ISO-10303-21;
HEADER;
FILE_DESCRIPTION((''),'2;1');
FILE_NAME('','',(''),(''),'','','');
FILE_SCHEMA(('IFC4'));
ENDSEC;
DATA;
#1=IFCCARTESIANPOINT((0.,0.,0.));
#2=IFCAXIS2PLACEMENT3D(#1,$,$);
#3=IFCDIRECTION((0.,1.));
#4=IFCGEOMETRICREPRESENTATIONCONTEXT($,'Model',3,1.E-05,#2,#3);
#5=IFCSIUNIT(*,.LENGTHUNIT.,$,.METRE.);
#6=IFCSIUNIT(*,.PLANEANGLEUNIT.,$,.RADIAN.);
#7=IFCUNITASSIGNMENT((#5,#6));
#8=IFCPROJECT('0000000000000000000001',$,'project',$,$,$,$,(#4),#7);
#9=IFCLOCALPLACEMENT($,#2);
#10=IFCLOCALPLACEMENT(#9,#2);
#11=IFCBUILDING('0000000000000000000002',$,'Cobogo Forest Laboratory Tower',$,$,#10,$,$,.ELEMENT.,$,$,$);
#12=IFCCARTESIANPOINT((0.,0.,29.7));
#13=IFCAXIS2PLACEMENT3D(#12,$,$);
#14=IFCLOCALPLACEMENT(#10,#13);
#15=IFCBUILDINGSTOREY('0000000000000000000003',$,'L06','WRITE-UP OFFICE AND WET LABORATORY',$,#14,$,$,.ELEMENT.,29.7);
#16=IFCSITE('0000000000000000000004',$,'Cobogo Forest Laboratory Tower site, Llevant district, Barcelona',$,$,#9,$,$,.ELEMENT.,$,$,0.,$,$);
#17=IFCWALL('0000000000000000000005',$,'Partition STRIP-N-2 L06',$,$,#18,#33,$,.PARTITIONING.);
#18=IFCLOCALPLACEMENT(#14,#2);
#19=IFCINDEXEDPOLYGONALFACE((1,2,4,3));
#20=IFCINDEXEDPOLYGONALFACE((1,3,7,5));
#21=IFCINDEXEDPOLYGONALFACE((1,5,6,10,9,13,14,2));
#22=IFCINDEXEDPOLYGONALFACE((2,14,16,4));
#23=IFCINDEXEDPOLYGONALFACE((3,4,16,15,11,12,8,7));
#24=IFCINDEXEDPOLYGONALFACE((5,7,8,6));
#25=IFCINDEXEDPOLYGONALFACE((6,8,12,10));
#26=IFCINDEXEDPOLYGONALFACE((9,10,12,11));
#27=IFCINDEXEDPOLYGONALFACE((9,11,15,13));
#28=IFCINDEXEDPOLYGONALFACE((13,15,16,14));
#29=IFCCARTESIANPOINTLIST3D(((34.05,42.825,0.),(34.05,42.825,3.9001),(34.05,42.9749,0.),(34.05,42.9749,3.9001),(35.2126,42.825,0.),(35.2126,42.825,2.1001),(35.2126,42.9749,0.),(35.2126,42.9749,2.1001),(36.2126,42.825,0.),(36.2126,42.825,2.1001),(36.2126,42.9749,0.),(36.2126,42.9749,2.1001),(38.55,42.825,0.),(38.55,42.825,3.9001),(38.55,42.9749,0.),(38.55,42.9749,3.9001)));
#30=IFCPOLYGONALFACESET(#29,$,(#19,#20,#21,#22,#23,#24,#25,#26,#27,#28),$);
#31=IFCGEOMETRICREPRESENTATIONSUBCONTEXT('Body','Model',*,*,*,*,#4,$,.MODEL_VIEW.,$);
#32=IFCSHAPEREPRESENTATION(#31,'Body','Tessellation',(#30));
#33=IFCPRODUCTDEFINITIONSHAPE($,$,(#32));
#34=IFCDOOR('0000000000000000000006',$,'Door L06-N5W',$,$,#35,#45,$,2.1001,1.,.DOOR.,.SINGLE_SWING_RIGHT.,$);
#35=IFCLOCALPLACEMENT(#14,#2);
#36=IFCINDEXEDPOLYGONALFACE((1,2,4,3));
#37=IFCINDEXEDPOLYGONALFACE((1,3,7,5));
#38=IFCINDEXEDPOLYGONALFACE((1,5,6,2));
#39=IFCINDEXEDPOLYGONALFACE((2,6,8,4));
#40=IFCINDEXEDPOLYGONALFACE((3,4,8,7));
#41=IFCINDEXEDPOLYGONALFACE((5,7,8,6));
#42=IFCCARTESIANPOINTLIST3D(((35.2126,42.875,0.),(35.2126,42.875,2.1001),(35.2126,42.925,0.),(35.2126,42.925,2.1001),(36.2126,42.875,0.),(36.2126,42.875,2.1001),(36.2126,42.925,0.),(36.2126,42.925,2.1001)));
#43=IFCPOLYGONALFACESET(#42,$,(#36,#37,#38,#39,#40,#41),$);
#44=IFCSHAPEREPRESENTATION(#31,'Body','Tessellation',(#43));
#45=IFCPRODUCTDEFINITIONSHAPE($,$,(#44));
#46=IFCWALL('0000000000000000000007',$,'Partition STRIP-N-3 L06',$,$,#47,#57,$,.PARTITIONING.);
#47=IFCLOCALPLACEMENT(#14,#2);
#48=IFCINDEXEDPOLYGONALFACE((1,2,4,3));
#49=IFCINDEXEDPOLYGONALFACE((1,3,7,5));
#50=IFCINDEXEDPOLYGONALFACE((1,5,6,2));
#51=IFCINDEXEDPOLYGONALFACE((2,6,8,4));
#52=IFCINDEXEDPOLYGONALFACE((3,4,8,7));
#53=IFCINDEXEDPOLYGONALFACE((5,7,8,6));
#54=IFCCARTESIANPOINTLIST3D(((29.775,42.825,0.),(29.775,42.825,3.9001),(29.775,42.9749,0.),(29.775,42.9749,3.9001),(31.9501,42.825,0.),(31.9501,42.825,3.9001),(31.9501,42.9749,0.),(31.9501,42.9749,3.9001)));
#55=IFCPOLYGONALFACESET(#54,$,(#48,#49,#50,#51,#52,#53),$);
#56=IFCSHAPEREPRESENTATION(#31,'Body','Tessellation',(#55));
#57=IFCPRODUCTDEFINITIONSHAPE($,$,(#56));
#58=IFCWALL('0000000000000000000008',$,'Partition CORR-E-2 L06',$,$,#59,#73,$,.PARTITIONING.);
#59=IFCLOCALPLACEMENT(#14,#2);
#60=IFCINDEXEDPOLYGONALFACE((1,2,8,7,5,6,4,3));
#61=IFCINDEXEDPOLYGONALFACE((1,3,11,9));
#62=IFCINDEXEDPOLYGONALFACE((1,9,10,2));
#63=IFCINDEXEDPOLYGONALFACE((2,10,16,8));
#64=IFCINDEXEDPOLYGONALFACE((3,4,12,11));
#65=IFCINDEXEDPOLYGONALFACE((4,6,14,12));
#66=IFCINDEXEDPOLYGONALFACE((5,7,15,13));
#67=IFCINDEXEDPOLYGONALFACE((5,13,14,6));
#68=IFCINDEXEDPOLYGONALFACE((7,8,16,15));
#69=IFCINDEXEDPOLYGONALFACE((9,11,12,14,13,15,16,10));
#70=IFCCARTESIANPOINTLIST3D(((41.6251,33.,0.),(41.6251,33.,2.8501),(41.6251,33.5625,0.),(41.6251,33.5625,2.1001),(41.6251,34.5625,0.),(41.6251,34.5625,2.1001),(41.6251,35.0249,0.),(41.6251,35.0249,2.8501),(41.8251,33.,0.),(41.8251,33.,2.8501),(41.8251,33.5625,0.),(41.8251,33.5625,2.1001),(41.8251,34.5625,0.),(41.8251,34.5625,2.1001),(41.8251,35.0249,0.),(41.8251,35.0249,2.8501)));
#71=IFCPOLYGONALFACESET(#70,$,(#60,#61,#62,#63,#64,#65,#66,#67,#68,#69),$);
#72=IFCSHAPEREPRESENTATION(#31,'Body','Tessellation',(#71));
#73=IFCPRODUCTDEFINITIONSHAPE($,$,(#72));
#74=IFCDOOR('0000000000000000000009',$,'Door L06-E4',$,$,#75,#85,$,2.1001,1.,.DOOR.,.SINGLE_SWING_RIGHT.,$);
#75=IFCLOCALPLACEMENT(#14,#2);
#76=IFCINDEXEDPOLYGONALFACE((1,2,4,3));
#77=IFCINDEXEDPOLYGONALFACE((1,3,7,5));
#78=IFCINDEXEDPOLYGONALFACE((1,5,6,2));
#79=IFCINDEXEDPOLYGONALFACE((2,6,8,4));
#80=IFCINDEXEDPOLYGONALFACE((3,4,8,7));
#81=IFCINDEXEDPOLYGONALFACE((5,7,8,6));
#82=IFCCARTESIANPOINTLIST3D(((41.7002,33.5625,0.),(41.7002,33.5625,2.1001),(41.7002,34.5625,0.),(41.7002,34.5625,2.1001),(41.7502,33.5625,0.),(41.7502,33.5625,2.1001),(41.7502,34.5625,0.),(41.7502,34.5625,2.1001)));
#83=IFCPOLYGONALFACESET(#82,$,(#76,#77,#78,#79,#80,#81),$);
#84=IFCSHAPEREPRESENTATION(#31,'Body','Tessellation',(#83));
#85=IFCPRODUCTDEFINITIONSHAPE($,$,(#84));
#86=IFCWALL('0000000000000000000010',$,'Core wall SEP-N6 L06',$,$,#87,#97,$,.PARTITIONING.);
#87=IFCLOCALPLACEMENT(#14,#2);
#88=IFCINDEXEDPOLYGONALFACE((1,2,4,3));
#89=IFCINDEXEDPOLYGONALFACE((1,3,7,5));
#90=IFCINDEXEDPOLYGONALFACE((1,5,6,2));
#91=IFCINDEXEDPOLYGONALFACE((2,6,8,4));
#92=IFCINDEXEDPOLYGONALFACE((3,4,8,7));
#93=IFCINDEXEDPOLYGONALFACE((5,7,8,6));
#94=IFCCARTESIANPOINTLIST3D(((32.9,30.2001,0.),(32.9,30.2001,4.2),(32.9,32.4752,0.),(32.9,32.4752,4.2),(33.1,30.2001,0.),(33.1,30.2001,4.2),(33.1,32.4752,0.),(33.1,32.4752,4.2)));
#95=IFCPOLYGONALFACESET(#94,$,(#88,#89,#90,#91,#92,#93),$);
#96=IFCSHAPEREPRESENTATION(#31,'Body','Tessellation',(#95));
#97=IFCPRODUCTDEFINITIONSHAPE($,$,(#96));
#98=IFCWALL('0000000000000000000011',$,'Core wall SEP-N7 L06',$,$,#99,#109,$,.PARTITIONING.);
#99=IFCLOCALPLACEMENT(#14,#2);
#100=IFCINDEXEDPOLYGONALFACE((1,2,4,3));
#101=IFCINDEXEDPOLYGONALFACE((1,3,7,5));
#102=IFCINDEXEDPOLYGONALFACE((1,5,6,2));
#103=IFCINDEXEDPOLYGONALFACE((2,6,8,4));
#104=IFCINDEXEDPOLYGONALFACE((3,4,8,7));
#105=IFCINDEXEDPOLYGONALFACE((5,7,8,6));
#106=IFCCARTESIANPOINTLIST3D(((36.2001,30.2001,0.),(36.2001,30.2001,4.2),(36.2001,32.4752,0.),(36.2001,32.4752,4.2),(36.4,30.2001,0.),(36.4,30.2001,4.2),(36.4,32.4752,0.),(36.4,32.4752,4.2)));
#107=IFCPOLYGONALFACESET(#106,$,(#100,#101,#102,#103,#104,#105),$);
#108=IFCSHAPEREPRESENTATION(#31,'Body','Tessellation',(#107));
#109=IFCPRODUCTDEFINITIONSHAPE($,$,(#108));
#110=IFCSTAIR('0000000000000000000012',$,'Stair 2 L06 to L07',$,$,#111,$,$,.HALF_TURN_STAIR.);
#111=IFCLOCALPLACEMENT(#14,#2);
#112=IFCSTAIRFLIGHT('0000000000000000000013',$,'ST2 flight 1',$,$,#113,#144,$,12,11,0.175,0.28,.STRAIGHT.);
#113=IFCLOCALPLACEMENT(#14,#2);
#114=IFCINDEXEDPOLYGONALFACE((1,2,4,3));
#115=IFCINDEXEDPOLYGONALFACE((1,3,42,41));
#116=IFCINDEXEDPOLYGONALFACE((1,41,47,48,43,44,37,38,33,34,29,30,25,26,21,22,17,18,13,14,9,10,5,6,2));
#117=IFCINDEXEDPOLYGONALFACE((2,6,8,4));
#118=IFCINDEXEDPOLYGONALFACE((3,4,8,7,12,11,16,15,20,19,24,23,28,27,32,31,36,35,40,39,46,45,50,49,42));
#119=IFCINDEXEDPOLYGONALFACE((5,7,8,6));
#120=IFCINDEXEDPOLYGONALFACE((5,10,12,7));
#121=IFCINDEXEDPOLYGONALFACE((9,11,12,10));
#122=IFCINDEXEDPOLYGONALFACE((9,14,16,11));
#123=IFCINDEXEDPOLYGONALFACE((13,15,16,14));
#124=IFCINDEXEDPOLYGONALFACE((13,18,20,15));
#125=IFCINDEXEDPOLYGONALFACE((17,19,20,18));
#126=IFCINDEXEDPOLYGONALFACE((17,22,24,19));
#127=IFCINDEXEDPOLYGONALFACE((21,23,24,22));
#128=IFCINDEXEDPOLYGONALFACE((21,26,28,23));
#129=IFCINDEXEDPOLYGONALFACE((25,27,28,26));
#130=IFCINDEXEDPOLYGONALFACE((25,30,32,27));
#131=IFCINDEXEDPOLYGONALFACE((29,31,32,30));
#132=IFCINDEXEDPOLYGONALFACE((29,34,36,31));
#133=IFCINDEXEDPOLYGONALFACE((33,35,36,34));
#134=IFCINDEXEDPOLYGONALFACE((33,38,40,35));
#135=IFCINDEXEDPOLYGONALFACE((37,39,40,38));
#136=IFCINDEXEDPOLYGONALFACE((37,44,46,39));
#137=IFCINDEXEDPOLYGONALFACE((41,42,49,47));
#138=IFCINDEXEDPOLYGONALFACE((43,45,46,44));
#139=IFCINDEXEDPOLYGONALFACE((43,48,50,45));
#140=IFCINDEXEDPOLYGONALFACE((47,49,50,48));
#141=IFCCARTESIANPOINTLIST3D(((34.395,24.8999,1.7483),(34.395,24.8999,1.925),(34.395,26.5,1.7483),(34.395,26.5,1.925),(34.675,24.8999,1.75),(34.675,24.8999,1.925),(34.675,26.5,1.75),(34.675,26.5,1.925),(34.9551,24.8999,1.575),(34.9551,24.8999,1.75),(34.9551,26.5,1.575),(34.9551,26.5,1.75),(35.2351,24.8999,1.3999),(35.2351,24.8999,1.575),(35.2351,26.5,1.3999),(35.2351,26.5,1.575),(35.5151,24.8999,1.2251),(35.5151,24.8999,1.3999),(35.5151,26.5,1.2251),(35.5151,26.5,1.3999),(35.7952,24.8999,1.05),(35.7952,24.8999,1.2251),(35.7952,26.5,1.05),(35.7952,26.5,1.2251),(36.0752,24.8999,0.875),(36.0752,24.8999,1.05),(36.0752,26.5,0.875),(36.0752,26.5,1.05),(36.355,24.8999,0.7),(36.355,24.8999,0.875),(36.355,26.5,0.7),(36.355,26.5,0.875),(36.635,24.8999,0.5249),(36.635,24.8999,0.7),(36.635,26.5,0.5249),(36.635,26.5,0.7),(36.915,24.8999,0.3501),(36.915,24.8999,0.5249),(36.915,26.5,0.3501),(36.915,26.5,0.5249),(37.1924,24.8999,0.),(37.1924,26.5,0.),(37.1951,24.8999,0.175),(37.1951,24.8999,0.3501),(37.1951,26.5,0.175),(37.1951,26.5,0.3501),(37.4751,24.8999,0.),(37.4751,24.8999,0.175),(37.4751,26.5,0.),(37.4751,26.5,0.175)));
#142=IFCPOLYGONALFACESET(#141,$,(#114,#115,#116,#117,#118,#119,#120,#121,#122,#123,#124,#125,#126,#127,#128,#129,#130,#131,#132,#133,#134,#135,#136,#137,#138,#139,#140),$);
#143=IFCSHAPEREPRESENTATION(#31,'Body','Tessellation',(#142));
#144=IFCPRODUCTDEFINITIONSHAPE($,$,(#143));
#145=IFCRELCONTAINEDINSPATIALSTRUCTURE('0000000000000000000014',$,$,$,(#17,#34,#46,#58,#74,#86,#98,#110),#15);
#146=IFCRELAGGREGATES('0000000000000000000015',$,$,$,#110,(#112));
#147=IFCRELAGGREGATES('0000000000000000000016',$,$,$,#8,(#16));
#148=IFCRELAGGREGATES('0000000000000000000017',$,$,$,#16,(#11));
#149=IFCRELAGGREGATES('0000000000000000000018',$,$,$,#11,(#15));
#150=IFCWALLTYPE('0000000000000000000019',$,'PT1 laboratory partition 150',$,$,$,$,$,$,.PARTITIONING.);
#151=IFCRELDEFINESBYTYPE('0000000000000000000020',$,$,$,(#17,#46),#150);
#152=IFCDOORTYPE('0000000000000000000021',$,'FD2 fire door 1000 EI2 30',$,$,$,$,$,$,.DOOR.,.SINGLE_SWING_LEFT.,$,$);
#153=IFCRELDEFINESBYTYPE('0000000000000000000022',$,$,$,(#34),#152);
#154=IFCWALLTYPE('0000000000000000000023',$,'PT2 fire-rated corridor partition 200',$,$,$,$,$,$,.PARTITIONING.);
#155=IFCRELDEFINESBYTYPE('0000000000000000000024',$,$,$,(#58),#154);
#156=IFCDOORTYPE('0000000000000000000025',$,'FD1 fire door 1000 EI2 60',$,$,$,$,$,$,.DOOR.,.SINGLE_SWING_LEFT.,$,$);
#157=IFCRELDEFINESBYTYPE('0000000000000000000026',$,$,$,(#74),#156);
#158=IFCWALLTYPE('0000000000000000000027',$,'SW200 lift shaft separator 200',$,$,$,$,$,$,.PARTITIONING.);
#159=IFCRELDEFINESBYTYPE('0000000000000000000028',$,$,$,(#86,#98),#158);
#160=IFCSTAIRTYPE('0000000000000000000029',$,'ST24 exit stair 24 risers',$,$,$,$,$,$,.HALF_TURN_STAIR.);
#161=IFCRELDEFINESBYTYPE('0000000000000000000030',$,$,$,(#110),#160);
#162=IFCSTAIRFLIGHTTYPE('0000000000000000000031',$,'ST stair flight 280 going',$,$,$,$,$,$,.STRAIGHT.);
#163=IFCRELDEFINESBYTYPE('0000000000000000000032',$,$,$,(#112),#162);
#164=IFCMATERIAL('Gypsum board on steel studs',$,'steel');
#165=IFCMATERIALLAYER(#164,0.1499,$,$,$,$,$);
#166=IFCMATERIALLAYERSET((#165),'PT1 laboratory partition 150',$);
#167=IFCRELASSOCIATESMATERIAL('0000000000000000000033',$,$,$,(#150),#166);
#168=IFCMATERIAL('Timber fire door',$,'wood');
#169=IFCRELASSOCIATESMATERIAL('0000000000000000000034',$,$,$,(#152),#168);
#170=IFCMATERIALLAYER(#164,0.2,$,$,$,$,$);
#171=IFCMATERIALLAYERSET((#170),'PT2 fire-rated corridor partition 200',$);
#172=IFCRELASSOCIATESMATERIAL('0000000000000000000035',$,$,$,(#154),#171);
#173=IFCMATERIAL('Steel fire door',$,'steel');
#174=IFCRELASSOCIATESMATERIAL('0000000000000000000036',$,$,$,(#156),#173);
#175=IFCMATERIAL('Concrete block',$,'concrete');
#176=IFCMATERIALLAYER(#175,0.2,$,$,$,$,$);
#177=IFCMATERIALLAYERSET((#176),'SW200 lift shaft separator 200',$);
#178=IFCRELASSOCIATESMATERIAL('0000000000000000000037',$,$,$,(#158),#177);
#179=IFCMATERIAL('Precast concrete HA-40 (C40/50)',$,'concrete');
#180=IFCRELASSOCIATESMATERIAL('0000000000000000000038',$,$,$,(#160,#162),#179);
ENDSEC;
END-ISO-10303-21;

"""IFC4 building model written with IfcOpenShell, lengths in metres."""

from ifc_helpers import new_model, si_unit, direction, frame, frame_2d, origin, place, context, subcontext, project, spatial, polyline, rectangle, outline, extrude, material, layer, layer_set, type_object, element, fill, aggregate, save


model = new_model("IFC4")

# Units and contexts
model_context = context("Model", 3, precision=1e-05, world=origin(), true_north=direction((0.0, 1.0)))
body_context = subcontext(model_context, "Body", "Model", "MODEL_VIEW")
ifc_project = project(units=[si_unit("LENGTHUNIT", "METRE"), si_unit("PLANEANGLEUNIT", "RADIAN")], contexts=[model_context])

# Site, building, storey
site_placement = place(None, origin())
site = spatial("IfcSite", under=ifc_project, at=site_placement, Name="Cobogo Forest Laboratory Tower site, Llevant district, Barcelona", CompositionType="ELEMENT", RefElevation=0.0)
building_placement = place(site_placement, origin())
building = spatial("IfcBuilding", under=site, at=building_placement, Name="Cobogo Forest Laboratory Tower", CompositionType="ELEMENT")
storey_placement = place(building_placement, frame((0.0, 0.0, 29.7)))
storey = spatial("IfcBuildingStorey", under=building, at=storey_placement, Name="L06", Description="WRITE-UP OFFICE AND WET LABORATORY", CompositionType="ELEMENT", Elevation=29.7)

# Shared definitions
ifc_material_1 = material(Name="Gypsum board on steel studs", Category="steel")
ifc_layer_1 = layer(ifc_material_1, 0.1499)
ifc_layer_set_1 = layer_set([ifc_layer_1], Name="PT1 laboratory partition 150")
wall_type_1 = type_object("IfcWallType", Name="PT1 laboratory partition 150", PredefinedType="PARTITIONING", material=ifc_layer_set_1)

# Wall, opening, door
wall_1_placement = place(storey_placement, frame((38.55, 42.8999, 0.0), z_axis=(0.0, 0.0, 1.0), x_axis=(-1.0, 0.0, 0.0)))
wall_1 = element("IfcWall", 1, at=wall_1_placement, inside=storey, type_object=wall_type_1, Name="Partition STRIP-N-2 L06", PredefinedType="PARTITIONING", context=body_context, shape_type="SweptSolid", body=[
    extrude(rectangle(XDim=4.5, YDim=0.1499, at=frame_2d((2.25, 0.0))), origin(), (0.0, 0.0, 1.0), 3.9001),
])
opening_1_placement = place(wall_1_placement, frame((2.3374, 0.0, 0.0)))
opening_1 = element("IfcOpeningElement", 2, at=opening_1_placement, cuts=wall_1, PredefinedType="OPENING", context=body_context, shape_type="SweptSolid", body=[
    extrude(rectangle(XDim=1.0, YDim=2.1001, at=frame_2d((0.5, 1.05))), frame((0.0, 0.085, 0.0), z_axis=(0.0, -1.0, 0.0), x_axis=(1.0, 0.0, 0.0)), (0.0, 0.0, 1.0), 0.1699),
])
ifc_material_2 = material(Name="Timber fire door", Category="wood")
door_type_1 = type_object("IfcDoorType", Name="FD2 fire door 1000 EI2 30", OperationType="SINGLE_SWING_LEFT", PredefinedType="DOOR", material=ifc_material_2)
door_1_placement = place(opening_1_placement, origin())
door_1 = element("IfcDoor", 3, at=door_1_placement, inside=storey, type_object=door_type_1, Name="Door L06-N5W", OperationType="SINGLE_SWING_RIGHT", OverallHeight=2.1001, OverallWidth=1.0, PredefinedType="DOOR", context=body_context, shape_type="SweptSolid", body=[
    extrude(rectangle(XDim=1.0, YDim=2.1001, at=frame_2d((0.5, 1.05))), frame((0.0, 0.0249, 0.0), z_axis=(0.0, -1.0, 0.0), x_axis=(1.0, 0.0, 0.0)), (0.0, 0.0, 1.0), 0.05),
])
fill(opening_1, door_1)

# Wall
wall_2_placement = place(storey_placement, frame((31.95, 42.8999, 0.0), z_axis=(0.0, 0.0, 1.0), x_axis=(-1.0, 0.0, 0.0)))
element("IfcWall", 4, at=wall_2_placement, inside=storey, type_object=wall_type_1, Name="Partition STRIP-N-3 L06", PredefinedType="PARTITIONING", context=body_context, shape_type="SweptSolid", body=[
    extrude(rectangle(XDim=2.175, YDim=0.1499, at=frame_2d((1.0874, 0.0))), origin(), (0.0, 0.0, 1.0), 3.9001),
])

# Wall, opening, door
ifc_layer_2 = layer(ifc_material_1, 0.2)
ifc_layer_set_2 = layer_set([ifc_layer_2], Name="PT2 fire-rated corridor partition 200")
wall_type_2 = type_object("IfcWallType", Name="PT2 fire-rated corridor partition 200", PredefinedType="PARTITIONING", material=ifc_layer_set_2)
wall_3_placement = place(storey_placement, frame((41.7251, 33.0, 0.0), z_axis=(0.0, 0.0, 1.0), x_axis=(0.0, 1.0, 0.0)))
wall_3 = element("IfcWall", 5, at=wall_3_placement, inside=storey, type_object=wall_type_2, Name="Partition CORR-E-2 L06", PredefinedType="PARTITIONING", context=body_context, shape_type="SweptSolid", body=[
    extrude(rectangle(XDim=2.0249, YDim=0.2, at=frame_2d((1.0125, 0.0))), origin(), (0.0, 0.0, 1.0), 2.8501),
])
opening_2_placement = place(wall_3_placement, frame((0.5625, 0.0, 0.0)))
opening_2 = element("IfcOpeningElement", 6, at=opening_2_placement, cuts=wall_3, PredefinedType="OPENING", context=body_context, shape_type="SweptSolid", body=[
    extrude(rectangle(XDim=1.0, YDim=2.1001, at=frame_2d((0.5, 1.05))), frame((0.0, 0.1099, 0.0), z_axis=(0.0, -1.0, 0.0), x_axis=(1.0, 0.0, 0.0)), (0.0, 0.0, 1.0), 0.22),
])
ifc_material_3 = material(Name="Steel fire door", Category="steel")
door_type_2 = type_object("IfcDoorType", Name="FD1 fire door 1000 EI2 60", OperationType="SINGLE_SWING_LEFT", PredefinedType="DOOR", material=ifc_material_3)
door_2_placement = place(opening_2_placement, origin())
door_2 = element("IfcDoor", 7, at=door_2_placement, inside=storey, type_object=door_type_2, Name="Door L06-E4", OperationType="SINGLE_SWING_RIGHT", OverallHeight=2.1001, OverallWidth=1.0, PredefinedType="DOOR", context=body_context, shape_type="SweptSolid", body=[
    extrude(rectangle(XDim=1.0, YDim=2.1001, at=frame_2d((0.5, 1.05))), frame((0.0, 0.0249, 0.0), z_axis=(0.0, -1.0, 0.0), x_axis=(1.0, 0.0, 0.0)), (0.0, 0.0, 1.0), 0.05),
])
fill(opening_2, door_2)

# Walls
ifc_material_4 = material(Name="Concrete block", Category="concrete")
ifc_layer_3 = layer(ifc_material_4, 0.2)
ifc_layer_set_3 = layer_set([ifc_layer_3], Name="SW200 lift shaft separator 200")
wall_type_3 = type_object("IfcWallType", Name="SW200 lift shaft separator 200", PredefinedType="PARTITIONING", material=ifc_layer_set_3)
for number, where, z_axis, x_axis, name in (
    (8, (33.0, 30.2, 0.0), (0.0, 0.0, 1.0), (0.0, 1.0, 0.0), "Core wall SEP-N6 L06"),
    (9, (36.3, 30.2, 0.0), (0.0, 0.0, 1.0), (0.0, 1.0, 0.0), "Core wall SEP-N7 L06"),
):
    element("IfcWall", number, at=place(storey_placement, frame(where, z_axis=z_axis, x_axis=x_axis)), inside=storey, type_object=wall_type_3, Name=name, PredefinedType="PARTITIONING", context=body_context, shape_type="SweptSolid", body=[
        extrude(rectangle(XDim=2.2751, YDim=0.2, at=frame_2d((1.1377, 0.0))), origin(), (0.0, 0.0, 1.0), 4.2),
    ])

# Stair, stair flight
ifc_material_5 = material(Name="Precast concrete HA-40 (C40/50)", Category="concrete")
stair_type = type_object("IfcStairType", Name="ST24 exit stair 24 risers", PredefinedType="HALF_TURN_STAIR", material=ifc_material_5)
stair_placement = place(storey_placement, origin())
stair = element("IfcStair", 10, at=stair_placement, inside=storey, type_object=stair_type, Name="Stair 2 L06 to L07", PredefinedType="HALF_TURN_STAIR")
stair_flight_type = type_object("IfcStairFlightType", Name="ST stair flight 280 going", PredefinedType="STRAIGHT", material=ifc_material_5)
stair_flight_placement = place(storey_placement, frame((37.4751, 25.7, 0.0), z_axis=(0.0, 0.0, 1.0), x_axis=(-1.0, 0.0, 0.0)))
stair_flight = element("IfcStairFlight", 11, at=stair_flight_placement, type_object=stair_flight_type, Name="ST2 flight 1", NumberOfRisers=12, NumberOfTreads=11, PredefinedType="STRAIGHT", RiserHeight=0.175, TreadLength=0.28, context=body_context, shape_type="SweptSolid", body=[
    extrude(outline(polyline([(0.0, 0.0), (0.0, 0.175), (0.28, 0.175), (0.28, 0.3501), (0.5601, 0.3501), (0.5601, 0.5249), (0.8401, 0.5249), (0.8401, 0.7), (1.1201, 0.7), (1.1201, 0.875), (1.3999, 0.875), (1.3999, 1.05), (1.6799, 1.05), (1.6799, 1.2251), (1.96, 1.2251), (1.96, 1.3999), (2.24, 1.3999), (2.24, 1.575), (2.52, 1.575), (2.52, 1.75), (2.8, 1.75), (2.8, 1.925), (3.0801, 1.925), (3.0801, 2.1001), (3.0801, 1.7483), (0.2827, 0.0), (0.0, 0.0)])), frame((0.0, 0.8, 0.0), z_axis=(0.0, -1.0, 0.0), x_axis=(1.0, 0.0, 0.0)), (0.0, 0.0, 1.0), 1.6001),
])
aggregate(stair, [stair_flight])

save(model, "model.ifc")
